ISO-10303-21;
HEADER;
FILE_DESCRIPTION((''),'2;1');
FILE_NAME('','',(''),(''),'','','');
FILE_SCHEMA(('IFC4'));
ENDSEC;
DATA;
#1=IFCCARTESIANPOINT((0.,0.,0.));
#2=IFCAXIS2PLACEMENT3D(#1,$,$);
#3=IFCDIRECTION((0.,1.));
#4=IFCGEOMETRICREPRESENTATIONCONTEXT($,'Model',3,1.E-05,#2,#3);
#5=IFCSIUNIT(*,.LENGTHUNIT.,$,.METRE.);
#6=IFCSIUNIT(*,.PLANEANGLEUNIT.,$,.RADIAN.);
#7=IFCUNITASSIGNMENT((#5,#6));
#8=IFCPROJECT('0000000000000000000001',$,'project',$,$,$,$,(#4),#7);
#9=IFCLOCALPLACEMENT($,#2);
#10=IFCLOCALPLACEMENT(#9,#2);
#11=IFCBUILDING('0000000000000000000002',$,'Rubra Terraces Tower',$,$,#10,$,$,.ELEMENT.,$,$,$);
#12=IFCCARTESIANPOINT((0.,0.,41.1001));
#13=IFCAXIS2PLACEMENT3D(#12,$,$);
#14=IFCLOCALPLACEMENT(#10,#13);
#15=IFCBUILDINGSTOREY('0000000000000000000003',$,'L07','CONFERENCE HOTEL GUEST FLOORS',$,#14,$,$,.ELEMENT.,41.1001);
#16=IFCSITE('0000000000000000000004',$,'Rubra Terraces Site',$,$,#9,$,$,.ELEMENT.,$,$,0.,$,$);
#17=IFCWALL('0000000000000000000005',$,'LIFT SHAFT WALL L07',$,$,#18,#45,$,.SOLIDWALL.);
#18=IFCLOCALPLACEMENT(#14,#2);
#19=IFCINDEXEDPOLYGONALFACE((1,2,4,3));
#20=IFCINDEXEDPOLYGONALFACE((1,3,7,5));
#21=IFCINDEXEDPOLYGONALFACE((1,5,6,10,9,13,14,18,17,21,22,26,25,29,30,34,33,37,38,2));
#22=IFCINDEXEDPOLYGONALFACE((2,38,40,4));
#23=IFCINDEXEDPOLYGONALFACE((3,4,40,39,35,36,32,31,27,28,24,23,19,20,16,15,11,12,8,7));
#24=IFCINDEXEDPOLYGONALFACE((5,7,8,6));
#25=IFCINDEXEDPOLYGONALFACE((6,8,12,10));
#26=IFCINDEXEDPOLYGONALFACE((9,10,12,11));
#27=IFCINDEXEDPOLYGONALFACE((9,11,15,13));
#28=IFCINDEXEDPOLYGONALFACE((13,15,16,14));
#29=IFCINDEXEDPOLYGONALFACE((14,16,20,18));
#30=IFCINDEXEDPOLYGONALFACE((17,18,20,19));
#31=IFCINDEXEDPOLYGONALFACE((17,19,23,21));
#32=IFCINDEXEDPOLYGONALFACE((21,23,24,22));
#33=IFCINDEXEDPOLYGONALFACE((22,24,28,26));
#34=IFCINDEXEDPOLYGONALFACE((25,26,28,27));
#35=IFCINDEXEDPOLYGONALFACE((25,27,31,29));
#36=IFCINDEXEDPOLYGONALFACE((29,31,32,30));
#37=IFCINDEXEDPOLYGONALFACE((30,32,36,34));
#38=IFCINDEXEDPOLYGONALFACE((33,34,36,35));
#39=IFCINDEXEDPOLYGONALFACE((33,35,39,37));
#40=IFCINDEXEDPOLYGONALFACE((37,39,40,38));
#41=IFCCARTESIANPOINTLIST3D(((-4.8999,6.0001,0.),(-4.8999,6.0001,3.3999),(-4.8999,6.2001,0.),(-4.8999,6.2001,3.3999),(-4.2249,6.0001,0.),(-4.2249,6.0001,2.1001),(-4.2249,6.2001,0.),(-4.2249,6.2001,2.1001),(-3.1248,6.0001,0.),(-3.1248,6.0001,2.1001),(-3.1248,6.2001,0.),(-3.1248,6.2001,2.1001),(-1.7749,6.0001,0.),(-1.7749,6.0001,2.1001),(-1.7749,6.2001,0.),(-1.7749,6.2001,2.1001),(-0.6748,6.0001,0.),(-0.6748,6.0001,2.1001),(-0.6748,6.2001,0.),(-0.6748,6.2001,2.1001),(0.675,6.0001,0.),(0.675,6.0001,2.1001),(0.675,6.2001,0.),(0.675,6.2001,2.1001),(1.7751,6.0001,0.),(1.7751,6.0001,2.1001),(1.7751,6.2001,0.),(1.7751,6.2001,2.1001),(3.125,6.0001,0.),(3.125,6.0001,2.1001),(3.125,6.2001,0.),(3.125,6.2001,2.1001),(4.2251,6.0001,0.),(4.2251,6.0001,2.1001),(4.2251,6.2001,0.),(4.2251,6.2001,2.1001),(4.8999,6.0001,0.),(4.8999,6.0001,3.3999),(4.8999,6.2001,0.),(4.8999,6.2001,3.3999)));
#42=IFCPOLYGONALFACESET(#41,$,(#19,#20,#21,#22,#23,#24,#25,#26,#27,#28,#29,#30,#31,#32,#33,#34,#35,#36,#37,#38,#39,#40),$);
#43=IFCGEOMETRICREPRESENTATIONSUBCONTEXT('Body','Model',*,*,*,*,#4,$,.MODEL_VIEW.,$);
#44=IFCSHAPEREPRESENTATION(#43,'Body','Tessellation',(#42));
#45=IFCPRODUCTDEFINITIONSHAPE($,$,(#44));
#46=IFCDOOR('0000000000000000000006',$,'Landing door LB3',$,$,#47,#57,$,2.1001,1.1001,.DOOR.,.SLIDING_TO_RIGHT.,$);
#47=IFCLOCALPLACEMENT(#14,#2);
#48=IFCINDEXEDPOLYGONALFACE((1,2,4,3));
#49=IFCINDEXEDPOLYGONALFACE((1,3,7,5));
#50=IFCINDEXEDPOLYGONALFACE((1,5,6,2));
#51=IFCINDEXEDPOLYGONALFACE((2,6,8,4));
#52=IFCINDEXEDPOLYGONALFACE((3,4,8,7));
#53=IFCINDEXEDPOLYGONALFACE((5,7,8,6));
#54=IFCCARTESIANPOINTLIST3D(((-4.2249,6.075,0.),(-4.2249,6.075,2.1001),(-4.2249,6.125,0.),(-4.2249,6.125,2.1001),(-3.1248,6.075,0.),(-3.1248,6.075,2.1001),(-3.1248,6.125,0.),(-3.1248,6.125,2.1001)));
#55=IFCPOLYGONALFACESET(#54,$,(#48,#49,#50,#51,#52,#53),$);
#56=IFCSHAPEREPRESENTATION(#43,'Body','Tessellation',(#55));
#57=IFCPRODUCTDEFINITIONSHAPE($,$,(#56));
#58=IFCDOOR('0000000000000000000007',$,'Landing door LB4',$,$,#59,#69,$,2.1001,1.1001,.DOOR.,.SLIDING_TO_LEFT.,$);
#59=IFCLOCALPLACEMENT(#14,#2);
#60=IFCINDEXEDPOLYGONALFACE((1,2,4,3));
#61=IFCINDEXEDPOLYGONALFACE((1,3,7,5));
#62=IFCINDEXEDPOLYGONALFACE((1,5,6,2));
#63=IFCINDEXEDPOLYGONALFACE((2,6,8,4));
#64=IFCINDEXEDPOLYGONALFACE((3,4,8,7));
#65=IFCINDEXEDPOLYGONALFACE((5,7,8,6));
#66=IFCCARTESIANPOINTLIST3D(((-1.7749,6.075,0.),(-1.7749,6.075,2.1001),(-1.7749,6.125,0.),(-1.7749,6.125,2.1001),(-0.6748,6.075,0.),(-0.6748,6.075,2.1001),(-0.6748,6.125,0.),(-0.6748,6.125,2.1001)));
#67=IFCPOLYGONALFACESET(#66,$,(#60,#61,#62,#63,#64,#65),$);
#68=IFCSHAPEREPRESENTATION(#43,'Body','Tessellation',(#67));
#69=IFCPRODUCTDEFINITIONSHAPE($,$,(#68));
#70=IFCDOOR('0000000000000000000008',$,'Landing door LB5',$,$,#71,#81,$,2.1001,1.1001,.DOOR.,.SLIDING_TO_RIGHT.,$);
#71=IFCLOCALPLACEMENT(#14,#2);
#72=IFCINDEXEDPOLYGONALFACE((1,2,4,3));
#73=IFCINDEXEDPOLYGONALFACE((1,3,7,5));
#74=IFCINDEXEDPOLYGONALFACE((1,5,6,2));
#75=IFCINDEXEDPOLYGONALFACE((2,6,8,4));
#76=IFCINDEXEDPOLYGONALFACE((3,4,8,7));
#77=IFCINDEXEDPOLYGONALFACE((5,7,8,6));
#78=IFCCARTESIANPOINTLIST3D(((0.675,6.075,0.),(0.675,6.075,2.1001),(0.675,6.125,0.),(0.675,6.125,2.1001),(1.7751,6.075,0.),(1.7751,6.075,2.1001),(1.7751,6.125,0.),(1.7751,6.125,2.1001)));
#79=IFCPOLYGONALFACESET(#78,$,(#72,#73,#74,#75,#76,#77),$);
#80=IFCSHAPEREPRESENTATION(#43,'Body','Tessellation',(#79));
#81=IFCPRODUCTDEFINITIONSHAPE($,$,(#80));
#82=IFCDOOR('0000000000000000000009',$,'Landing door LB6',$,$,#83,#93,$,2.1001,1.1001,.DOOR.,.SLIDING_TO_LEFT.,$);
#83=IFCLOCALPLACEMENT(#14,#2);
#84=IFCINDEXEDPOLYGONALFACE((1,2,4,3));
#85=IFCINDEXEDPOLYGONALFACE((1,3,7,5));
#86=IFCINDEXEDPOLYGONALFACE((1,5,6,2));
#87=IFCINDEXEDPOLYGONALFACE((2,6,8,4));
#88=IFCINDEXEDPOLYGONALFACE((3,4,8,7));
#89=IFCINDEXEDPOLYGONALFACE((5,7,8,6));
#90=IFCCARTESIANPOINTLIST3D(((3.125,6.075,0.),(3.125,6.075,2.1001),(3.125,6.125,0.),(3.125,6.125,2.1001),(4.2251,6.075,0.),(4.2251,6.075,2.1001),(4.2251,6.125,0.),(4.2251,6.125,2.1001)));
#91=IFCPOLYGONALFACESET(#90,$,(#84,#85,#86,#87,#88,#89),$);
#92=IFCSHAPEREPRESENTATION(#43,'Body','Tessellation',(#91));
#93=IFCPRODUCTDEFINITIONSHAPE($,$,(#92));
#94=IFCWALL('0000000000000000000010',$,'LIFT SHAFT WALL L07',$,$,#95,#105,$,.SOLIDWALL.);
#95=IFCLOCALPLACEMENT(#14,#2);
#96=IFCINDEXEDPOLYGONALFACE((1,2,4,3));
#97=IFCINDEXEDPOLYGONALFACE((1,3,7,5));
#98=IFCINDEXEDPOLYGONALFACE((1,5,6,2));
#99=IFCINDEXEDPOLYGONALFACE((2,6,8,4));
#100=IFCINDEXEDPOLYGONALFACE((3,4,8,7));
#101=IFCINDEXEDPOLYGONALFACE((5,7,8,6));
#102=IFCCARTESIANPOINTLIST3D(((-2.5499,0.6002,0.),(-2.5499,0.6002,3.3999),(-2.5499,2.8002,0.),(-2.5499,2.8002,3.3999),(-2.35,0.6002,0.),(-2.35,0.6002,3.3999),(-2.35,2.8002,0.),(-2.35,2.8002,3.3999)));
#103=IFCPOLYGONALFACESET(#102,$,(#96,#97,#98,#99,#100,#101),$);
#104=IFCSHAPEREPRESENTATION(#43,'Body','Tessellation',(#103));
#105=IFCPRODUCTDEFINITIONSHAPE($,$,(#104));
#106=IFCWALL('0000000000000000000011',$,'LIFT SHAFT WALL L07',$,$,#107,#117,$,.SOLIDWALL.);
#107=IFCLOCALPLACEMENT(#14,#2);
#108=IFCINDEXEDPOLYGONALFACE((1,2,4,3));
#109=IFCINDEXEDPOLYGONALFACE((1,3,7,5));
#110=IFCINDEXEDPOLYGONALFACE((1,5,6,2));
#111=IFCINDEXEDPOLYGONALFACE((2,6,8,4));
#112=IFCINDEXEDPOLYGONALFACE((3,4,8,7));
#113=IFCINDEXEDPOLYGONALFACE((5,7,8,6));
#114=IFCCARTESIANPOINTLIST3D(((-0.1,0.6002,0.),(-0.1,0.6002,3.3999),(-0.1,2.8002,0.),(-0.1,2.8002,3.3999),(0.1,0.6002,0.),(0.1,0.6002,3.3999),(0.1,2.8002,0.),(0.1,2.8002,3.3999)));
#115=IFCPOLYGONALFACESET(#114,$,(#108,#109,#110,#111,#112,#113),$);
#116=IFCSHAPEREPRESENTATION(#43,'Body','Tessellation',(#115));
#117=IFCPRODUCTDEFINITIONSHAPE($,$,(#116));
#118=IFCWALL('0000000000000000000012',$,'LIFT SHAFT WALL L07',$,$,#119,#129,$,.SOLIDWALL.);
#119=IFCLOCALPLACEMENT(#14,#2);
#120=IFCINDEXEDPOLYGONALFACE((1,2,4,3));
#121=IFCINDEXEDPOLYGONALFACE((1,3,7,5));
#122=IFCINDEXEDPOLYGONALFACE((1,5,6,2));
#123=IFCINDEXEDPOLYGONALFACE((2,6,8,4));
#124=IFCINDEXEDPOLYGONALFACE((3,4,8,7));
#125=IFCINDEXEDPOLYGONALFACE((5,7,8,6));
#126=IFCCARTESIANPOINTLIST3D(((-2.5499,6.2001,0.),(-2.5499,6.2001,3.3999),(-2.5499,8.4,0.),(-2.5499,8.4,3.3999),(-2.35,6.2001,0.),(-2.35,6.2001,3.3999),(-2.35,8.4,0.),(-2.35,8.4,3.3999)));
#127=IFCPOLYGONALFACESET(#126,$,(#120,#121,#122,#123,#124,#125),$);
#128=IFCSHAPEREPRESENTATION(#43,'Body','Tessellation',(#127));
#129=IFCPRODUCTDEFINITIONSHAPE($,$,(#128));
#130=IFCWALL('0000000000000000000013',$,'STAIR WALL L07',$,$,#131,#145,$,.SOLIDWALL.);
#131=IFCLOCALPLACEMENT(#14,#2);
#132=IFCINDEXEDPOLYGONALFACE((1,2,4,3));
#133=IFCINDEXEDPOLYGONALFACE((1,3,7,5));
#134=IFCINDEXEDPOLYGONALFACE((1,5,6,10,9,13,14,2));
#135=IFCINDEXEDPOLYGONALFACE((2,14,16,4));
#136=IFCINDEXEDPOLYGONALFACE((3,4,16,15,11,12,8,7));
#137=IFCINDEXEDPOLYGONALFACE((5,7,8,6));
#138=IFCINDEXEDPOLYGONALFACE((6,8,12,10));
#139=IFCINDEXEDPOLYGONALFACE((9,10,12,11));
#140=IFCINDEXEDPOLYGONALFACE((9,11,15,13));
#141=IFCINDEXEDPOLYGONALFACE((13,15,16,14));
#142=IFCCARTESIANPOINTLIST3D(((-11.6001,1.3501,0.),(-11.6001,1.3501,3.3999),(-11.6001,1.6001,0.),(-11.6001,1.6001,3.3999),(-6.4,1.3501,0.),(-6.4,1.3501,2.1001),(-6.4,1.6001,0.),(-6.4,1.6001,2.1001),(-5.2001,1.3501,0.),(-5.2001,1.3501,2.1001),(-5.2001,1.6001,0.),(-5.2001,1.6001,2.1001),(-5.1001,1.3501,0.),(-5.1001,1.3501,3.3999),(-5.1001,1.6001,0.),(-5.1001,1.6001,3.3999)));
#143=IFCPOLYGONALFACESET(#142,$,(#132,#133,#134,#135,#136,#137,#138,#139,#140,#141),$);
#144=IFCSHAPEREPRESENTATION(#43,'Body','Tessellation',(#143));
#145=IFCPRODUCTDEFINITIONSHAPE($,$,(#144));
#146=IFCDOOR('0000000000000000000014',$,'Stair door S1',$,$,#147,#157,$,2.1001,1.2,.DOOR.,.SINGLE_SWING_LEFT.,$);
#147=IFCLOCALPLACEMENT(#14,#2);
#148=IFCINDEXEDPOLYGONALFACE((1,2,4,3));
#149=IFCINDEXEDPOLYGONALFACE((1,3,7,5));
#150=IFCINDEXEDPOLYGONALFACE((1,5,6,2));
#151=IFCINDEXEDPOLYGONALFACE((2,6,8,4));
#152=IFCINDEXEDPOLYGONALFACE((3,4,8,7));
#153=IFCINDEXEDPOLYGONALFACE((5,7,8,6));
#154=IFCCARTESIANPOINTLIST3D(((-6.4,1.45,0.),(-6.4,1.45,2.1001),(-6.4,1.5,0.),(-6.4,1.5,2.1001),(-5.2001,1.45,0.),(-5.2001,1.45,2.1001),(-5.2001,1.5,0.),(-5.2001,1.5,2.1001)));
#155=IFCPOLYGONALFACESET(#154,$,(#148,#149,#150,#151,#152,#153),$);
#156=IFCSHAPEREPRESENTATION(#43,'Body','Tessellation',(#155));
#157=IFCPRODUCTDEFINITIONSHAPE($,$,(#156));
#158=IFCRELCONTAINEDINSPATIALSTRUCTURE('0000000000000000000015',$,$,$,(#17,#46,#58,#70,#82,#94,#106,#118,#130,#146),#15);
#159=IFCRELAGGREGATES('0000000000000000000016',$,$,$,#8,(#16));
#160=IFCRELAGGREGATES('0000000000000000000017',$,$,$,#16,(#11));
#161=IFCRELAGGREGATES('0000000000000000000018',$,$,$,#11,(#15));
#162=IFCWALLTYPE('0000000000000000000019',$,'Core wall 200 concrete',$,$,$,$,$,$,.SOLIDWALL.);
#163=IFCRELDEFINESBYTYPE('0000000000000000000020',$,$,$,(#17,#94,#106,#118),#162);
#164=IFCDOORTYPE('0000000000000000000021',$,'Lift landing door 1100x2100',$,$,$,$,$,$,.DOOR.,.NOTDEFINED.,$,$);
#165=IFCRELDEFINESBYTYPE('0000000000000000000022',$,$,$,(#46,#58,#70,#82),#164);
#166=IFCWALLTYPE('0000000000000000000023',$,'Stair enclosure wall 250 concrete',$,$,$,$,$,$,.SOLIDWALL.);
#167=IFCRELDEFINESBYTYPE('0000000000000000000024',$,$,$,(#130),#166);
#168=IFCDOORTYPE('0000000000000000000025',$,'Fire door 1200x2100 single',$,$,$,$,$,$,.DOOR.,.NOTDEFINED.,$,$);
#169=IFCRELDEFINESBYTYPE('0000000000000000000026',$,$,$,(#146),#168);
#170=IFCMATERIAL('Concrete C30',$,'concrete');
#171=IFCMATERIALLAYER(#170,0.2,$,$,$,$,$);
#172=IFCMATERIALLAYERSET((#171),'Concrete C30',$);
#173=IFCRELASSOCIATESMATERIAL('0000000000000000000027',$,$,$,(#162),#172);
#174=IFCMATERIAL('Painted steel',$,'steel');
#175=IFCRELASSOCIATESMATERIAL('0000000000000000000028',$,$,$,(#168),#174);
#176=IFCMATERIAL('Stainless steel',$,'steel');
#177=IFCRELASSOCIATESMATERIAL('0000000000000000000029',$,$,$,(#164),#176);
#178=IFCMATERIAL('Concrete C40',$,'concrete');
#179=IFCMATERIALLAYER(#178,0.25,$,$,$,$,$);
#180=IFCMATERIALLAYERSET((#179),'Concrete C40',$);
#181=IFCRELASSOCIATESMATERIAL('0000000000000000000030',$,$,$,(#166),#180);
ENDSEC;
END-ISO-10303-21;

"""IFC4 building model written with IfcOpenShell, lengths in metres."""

from ifc_helpers import new_model, si_unit, direction, frame, frame_2d, origin, place, context, subcontext, project, spatial, rectangle, extrude, material, layer, layer_set, type_object, element, fill, save


model = new_model("IFC4")

# Units and contexts
model_context = context("Model", 3, precision=1e-05, world=origin(), true_north=direction((0.0, 1.0)))
body_context = subcontext(model_context, "Body", "Model", "MODEL_VIEW")
ifc_project = project(units=[si_unit("LENGTHUNIT", "METRE"), si_unit("PLANEANGLEUNIT", "RADIAN")], contexts=[model_context])

# Site, building, storey
site_placement = place(None, origin())
site = spatial("IfcSite", under=ifc_project, at=site_placement, Name="Rubra Terraces Site", CompositionType="ELEMENT", RefElevation=0.0)
building_placement = place(site_placement, origin())
building = spatial("IfcBuilding", under=site, at=building_placement, Name="Rubra Terraces Tower", CompositionType="ELEMENT")
storey_placement = place(building_placement, frame((0.0, 0.0, 41.1001)))
storey = spatial("IfcBuildingStorey", under=building, at=storey_placement, Name="L07", Description="CONFERENCE HOTEL GUEST FLOORS", CompositionType="ELEMENT", Elevation=41.1001)

# Shared definitions
ifc_material_1 = material(Name="Concrete C30", Category="concrete")
ifc_layer_1 = layer(ifc_material_1, 0.2)
ifc_layer_set_1 = layer_set([ifc_layer_1], Name="Concrete C30")
wall_type_1 = type_object("IfcWallType", Name="Core wall 200 concrete", PredefinedType="SOLIDWALL", material=ifc_layer_set_1)
ifc_material_2 = material(Name="Painted steel", Category="steel")
door_type_1 = type_object("IfcDoorType", Name="Fire door 1200x2100 single", OperationType="NOTDEFINED", PredefinedType="DOOR", material=ifc_material_2)
ifc_material_3 = material(Name="Stainless steel", Category="steel")

# Wall, openings, doors
door_type_2 = type_object("IfcDoorType", Name="Lift landing door 1100x2100", OperationType="NOTDEFINED", PredefinedType="DOOR", material=ifc_material_3)
wall_1_placement = place(storey_placement, frame((-4.8999, 6.1001, 0.0), z_axis=(0.0, 0.0, 1.0), x_axis=(1.0, 0.0, 0.0)))
wall_1 = element("IfcWall", 1, at=wall_1_placement, inside=storey, type_object=wall_type_1, Name="LIFT SHAFT WALL L07", PredefinedType="SOLIDWALL", context=body_context, shape_type="SweptSolid", body=[
    extrude(rectangle(XDim=9.7998, YDim=0.2, at=frame_2d((4.8999, 0.0))), origin(), (0.0, 0.0, 1.0), 3.3999),
])
opening_1_placement = place(wall_1_placement, frame((0.675, 0.0, 0.0)))
opening_1 = element("IfcOpeningElement", 2, at=opening_1_placement, cuts=wall_1, PredefinedType="OPENING", context=body_context, shape_type="SweptSolid", body=[
    extrude(rectangle(XDim=1.1001, YDim=2.1001, at=frame_2d((0.55, 1.05))), frame((0.0, 0.1099, 0.0), z_axis=(0.0, -1.0, 0.0), x_axis=(1.0, 0.0, 0.0)), (0.0, 0.0, 1.0), 0.22),
])
opening_2_placement = place(wall_1_placement, frame((3.125, 0.0, 0.0)))
opening_2 = element("IfcOpeningElement", 3, at=opening_2_placement, cuts=wall_1, PredefinedType="OPENING", context=body_context, shape_type="SweptSolid", body=[
    extrude(rectangle(XDim=1.1001, YDim=2.1001, at=frame_2d((0.55, 1.05))), frame((0.0, 0.1099, 0.0), z_axis=(0.0, -1.0, 0.0), x_axis=(1.0, 0.0, 0.0)), (0.0, 0.0, 1.0), 0.22),
])
opening_3_placement = place(wall_1_placement, frame((5.575, 0.0, 0.0)))
opening_3 = element("IfcOpeningElement", 4, at=opening_3_placement, cuts=wall_1, PredefinedType="OPENING", context=body_context, shape_type="SweptSolid", body=[
    extrude(rectangle(XDim=1.1001, YDim=2.1001, at=frame_2d((0.55, 1.05))), frame((0.0, 0.1099, 0.0), z_axis=(0.0, -1.0, 0.0), x_axis=(1.0, 0.0, 0.0)), (0.0, 0.0, 1.0), 0.22),
])
opening_4_placement = place(wall_1_placement, frame((8.0249, 0.0, 0.0)))
opening_4 = element("IfcOpeningElement", 5, at=opening_4_placement, cuts=wall_1, PredefinedType="OPENING", context=body_context, shape_type="SweptSolid", body=[
    extrude(rectangle(XDim=1.1001, YDim=2.1001, at=frame_2d((0.55, 1.05))), frame((0.0, 0.1099, 0.0), z_axis=(0.0, -1.0, 0.0), x_axis=(1.0, 0.0, 0.0)), (0.0, 0.0, 1.0), 0.22),
])
door_1_placement = place(opening_1_placement, origin())
door_1 = element("IfcDoor", 6, at=door_1_placement, inside=storey, type_object=door_type_2, Name="Landing door LB3", OperationType="SLIDING_TO_RIGHT", OverallHeight=2.1001, OverallWidth=1.1001, PredefinedType="DOOR", context=body_context, shape_type="SweptSolid", body=[
    extrude(rectangle(XDim=1.1001, YDim=2.1001, at=frame_2d((0.55, 1.05))), frame((0.0, 0.0249, 0.0), z_axis=(0.0, -1.0, 0.0), x_axis=(1.0, 0.0, 0.0)), (0.0, 0.0, 1.0), 0.05),
])
fill(opening_1, door_1)
door_2_placement = place(opening_2_placement, origin())
door_2 = element("IfcDoor", 7, at=door_2_placement, inside=storey, type_object=door_type_2, Name="Landing door LB4", OperationType="SLIDING_TO_LEFT", OverallHeight=2.1001, OverallWidth=1.1001, PredefinedType="DOOR", context=body_context, shape_type="SweptSolid", body=[
    extrude(rectangle(XDim=1.1001, YDim=2.1001, at=frame_2d((0.55, 1.05))), frame((0.0, 0.0249, 0.0), z_axis=(0.0, -1.0, 0.0), x_axis=(1.0, 0.0, 0.0)), (0.0, 0.0, 1.0), 0.05),
])
fill(opening_2, door_2)
door_3_placement = place(opening_3_placement, origin())
door_3 = element("IfcDoor", 8, at=door_3_placement, inside=storey, type_object=door_type_2, Name="Landing door LB5", OperationType="SLIDING_TO_RIGHT", OverallHeight=2.1001, OverallWidth=1.1001, PredefinedType="DOOR", context=body_context, shape_type="SweptSolid", body=[
    extrude(rectangle(XDim=1.1001, YDim=2.1001, at=frame_2d((0.55, 1.05))), frame((0.0, 0.0249, 0.0), z_axis=(0.0, -1.0, 0.0), x_axis=(1.0, 0.0, 0.0)), (0.0, 0.0, 1.0), 0.05),
])
fill(opening_3, door_3)
door_4_placement = place(opening_4_placement, origin())
door_4 = element("IfcDoor", 9, at=door_4_placement, inside=storey, type_object=door_type_2, Name="Landing door LB6", OperationType="SLIDING_TO_LEFT", OverallHeight=2.1001, OverallWidth=1.1001, PredefinedType="DOOR", context=body_context, shape_type="SweptSolid", body=[
    extrude(rectangle(XDim=1.1001, YDim=2.1001, at=frame_2d((0.55, 1.05))), frame((0.0, 0.0249, 0.0), z_axis=(0.0, -1.0, 0.0), x_axis=(1.0, 0.0, 0.0)), (0.0, 0.0, 1.0), 0.05),
])
fill(opening_4, door_4)

# Walls
for number, where, z_axis, x_axis, name in (
    (10, (-2.45, 0.6001, 0.0), (0.0, 0.0, 1.0), (0.0, 1.0, 0.0), "LIFT SHAFT WALL L07"),
    (11, (0.0, 0.6001, 0.0), (0.0, 0.0, 1.0), (0.0, 1.0, 0.0), "LIFT SHAFT WALL L07"),
    (12, (-2.45, 6.2, 0.0), (0.0, 0.0, 1.0), (0.0, 1.0, 0.0), "LIFT SHAFT WALL L07"),
):
    element("IfcWall", number, at=place(storey_placement, frame(where, z_axis=z_axis, x_axis=x_axis)), inside=storey, type_object=wall_type_1, Name=name, PredefinedType="SOLIDWALL", context=body_context, shape_type="SweptSolid", body=[
        extrude(rectangle(XDim=2.2, YDim=0.2, at=frame_2d((1.1001, 0.0))), origin(), (0.0, 0.0, 1.0), 3.3999),
    ])

# Wall, opening, door
ifc_material_4 = material(Name="Concrete C40", Category="concrete")
ifc_layer_2 = layer(ifc_material_4, 0.25)
ifc_layer_set_2 = layer_set([ifc_layer_2], Name="Concrete C40")
wall_type_2 = type_object("IfcWallType", Name="Stair enclosure wall 250 concrete", PredefinedType="SOLIDWALL", material=ifc_layer_set_2)
wall_2_placement = place(storey_placement, frame((-11.6001, 1.4751, 0.0), z_axis=(0.0, 0.0, 1.0), x_axis=(1.0, 0.0, 0.0)))
wall_2 = element("IfcWall", 13, at=wall_2_placement, inside=storey, type_object=wall_type_2, Name="STAIR WALL L07", PredefinedType="SOLIDWALL", context=body_context, shape_type="SweptSolid", body=[
    extrude(rectangle(XDim=6.5, YDim=0.25, at=frame_2d((3.25, 0.0))), origin(), (0.0, 0.0, 1.0), 3.3999),
])
opening_5_placement = place(wall_2_placement, frame((5.2, 0.0, 0.0)))
opening_5 = element("IfcOpeningElement", 14, at=opening_5_placement, cuts=wall_2, PredefinedType="OPENING", context=body_context, shape_type="SweptSolid", body=[
    extrude(rectangle(XDim=1.2, YDim=2.1001, at=frame_2d((0.6001, 1.05))), frame((0.0, 0.135, 0.0), z_axis=(0.0, -1.0, 0.0), x_axis=(1.0, 0.0, 0.0)), (0.0, 0.0, 1.0), 0.27),
])
door_5_placement = place(opening_5_placement, origin())
door_5 = element("IfcDoor", 15, at=door_5_placement, inside=storey, type_object=door_type_1, Name="Stair door S1", OperationType="SINGLE_SWING_LEFT", OverallHeight=2.1001, OverallWidth=1.2, PredefinedType="DOOR", context=body_context, shape_type="SweptSolid", body=[
    extrude(rectangle(XDim=1.2, YDim=2.1001, at=frame_2d((0.6001, 1.05))), frame((0.0, 0.0249, 0.0), z_axis=(0.0, -1.0, 0.0), x_axis=(1.0, 0.0, 0.0)), (0.0, 0.0, 1.0), 0.05),
])
fill(opening_5, door_5)

save(model, "model.ifc")
